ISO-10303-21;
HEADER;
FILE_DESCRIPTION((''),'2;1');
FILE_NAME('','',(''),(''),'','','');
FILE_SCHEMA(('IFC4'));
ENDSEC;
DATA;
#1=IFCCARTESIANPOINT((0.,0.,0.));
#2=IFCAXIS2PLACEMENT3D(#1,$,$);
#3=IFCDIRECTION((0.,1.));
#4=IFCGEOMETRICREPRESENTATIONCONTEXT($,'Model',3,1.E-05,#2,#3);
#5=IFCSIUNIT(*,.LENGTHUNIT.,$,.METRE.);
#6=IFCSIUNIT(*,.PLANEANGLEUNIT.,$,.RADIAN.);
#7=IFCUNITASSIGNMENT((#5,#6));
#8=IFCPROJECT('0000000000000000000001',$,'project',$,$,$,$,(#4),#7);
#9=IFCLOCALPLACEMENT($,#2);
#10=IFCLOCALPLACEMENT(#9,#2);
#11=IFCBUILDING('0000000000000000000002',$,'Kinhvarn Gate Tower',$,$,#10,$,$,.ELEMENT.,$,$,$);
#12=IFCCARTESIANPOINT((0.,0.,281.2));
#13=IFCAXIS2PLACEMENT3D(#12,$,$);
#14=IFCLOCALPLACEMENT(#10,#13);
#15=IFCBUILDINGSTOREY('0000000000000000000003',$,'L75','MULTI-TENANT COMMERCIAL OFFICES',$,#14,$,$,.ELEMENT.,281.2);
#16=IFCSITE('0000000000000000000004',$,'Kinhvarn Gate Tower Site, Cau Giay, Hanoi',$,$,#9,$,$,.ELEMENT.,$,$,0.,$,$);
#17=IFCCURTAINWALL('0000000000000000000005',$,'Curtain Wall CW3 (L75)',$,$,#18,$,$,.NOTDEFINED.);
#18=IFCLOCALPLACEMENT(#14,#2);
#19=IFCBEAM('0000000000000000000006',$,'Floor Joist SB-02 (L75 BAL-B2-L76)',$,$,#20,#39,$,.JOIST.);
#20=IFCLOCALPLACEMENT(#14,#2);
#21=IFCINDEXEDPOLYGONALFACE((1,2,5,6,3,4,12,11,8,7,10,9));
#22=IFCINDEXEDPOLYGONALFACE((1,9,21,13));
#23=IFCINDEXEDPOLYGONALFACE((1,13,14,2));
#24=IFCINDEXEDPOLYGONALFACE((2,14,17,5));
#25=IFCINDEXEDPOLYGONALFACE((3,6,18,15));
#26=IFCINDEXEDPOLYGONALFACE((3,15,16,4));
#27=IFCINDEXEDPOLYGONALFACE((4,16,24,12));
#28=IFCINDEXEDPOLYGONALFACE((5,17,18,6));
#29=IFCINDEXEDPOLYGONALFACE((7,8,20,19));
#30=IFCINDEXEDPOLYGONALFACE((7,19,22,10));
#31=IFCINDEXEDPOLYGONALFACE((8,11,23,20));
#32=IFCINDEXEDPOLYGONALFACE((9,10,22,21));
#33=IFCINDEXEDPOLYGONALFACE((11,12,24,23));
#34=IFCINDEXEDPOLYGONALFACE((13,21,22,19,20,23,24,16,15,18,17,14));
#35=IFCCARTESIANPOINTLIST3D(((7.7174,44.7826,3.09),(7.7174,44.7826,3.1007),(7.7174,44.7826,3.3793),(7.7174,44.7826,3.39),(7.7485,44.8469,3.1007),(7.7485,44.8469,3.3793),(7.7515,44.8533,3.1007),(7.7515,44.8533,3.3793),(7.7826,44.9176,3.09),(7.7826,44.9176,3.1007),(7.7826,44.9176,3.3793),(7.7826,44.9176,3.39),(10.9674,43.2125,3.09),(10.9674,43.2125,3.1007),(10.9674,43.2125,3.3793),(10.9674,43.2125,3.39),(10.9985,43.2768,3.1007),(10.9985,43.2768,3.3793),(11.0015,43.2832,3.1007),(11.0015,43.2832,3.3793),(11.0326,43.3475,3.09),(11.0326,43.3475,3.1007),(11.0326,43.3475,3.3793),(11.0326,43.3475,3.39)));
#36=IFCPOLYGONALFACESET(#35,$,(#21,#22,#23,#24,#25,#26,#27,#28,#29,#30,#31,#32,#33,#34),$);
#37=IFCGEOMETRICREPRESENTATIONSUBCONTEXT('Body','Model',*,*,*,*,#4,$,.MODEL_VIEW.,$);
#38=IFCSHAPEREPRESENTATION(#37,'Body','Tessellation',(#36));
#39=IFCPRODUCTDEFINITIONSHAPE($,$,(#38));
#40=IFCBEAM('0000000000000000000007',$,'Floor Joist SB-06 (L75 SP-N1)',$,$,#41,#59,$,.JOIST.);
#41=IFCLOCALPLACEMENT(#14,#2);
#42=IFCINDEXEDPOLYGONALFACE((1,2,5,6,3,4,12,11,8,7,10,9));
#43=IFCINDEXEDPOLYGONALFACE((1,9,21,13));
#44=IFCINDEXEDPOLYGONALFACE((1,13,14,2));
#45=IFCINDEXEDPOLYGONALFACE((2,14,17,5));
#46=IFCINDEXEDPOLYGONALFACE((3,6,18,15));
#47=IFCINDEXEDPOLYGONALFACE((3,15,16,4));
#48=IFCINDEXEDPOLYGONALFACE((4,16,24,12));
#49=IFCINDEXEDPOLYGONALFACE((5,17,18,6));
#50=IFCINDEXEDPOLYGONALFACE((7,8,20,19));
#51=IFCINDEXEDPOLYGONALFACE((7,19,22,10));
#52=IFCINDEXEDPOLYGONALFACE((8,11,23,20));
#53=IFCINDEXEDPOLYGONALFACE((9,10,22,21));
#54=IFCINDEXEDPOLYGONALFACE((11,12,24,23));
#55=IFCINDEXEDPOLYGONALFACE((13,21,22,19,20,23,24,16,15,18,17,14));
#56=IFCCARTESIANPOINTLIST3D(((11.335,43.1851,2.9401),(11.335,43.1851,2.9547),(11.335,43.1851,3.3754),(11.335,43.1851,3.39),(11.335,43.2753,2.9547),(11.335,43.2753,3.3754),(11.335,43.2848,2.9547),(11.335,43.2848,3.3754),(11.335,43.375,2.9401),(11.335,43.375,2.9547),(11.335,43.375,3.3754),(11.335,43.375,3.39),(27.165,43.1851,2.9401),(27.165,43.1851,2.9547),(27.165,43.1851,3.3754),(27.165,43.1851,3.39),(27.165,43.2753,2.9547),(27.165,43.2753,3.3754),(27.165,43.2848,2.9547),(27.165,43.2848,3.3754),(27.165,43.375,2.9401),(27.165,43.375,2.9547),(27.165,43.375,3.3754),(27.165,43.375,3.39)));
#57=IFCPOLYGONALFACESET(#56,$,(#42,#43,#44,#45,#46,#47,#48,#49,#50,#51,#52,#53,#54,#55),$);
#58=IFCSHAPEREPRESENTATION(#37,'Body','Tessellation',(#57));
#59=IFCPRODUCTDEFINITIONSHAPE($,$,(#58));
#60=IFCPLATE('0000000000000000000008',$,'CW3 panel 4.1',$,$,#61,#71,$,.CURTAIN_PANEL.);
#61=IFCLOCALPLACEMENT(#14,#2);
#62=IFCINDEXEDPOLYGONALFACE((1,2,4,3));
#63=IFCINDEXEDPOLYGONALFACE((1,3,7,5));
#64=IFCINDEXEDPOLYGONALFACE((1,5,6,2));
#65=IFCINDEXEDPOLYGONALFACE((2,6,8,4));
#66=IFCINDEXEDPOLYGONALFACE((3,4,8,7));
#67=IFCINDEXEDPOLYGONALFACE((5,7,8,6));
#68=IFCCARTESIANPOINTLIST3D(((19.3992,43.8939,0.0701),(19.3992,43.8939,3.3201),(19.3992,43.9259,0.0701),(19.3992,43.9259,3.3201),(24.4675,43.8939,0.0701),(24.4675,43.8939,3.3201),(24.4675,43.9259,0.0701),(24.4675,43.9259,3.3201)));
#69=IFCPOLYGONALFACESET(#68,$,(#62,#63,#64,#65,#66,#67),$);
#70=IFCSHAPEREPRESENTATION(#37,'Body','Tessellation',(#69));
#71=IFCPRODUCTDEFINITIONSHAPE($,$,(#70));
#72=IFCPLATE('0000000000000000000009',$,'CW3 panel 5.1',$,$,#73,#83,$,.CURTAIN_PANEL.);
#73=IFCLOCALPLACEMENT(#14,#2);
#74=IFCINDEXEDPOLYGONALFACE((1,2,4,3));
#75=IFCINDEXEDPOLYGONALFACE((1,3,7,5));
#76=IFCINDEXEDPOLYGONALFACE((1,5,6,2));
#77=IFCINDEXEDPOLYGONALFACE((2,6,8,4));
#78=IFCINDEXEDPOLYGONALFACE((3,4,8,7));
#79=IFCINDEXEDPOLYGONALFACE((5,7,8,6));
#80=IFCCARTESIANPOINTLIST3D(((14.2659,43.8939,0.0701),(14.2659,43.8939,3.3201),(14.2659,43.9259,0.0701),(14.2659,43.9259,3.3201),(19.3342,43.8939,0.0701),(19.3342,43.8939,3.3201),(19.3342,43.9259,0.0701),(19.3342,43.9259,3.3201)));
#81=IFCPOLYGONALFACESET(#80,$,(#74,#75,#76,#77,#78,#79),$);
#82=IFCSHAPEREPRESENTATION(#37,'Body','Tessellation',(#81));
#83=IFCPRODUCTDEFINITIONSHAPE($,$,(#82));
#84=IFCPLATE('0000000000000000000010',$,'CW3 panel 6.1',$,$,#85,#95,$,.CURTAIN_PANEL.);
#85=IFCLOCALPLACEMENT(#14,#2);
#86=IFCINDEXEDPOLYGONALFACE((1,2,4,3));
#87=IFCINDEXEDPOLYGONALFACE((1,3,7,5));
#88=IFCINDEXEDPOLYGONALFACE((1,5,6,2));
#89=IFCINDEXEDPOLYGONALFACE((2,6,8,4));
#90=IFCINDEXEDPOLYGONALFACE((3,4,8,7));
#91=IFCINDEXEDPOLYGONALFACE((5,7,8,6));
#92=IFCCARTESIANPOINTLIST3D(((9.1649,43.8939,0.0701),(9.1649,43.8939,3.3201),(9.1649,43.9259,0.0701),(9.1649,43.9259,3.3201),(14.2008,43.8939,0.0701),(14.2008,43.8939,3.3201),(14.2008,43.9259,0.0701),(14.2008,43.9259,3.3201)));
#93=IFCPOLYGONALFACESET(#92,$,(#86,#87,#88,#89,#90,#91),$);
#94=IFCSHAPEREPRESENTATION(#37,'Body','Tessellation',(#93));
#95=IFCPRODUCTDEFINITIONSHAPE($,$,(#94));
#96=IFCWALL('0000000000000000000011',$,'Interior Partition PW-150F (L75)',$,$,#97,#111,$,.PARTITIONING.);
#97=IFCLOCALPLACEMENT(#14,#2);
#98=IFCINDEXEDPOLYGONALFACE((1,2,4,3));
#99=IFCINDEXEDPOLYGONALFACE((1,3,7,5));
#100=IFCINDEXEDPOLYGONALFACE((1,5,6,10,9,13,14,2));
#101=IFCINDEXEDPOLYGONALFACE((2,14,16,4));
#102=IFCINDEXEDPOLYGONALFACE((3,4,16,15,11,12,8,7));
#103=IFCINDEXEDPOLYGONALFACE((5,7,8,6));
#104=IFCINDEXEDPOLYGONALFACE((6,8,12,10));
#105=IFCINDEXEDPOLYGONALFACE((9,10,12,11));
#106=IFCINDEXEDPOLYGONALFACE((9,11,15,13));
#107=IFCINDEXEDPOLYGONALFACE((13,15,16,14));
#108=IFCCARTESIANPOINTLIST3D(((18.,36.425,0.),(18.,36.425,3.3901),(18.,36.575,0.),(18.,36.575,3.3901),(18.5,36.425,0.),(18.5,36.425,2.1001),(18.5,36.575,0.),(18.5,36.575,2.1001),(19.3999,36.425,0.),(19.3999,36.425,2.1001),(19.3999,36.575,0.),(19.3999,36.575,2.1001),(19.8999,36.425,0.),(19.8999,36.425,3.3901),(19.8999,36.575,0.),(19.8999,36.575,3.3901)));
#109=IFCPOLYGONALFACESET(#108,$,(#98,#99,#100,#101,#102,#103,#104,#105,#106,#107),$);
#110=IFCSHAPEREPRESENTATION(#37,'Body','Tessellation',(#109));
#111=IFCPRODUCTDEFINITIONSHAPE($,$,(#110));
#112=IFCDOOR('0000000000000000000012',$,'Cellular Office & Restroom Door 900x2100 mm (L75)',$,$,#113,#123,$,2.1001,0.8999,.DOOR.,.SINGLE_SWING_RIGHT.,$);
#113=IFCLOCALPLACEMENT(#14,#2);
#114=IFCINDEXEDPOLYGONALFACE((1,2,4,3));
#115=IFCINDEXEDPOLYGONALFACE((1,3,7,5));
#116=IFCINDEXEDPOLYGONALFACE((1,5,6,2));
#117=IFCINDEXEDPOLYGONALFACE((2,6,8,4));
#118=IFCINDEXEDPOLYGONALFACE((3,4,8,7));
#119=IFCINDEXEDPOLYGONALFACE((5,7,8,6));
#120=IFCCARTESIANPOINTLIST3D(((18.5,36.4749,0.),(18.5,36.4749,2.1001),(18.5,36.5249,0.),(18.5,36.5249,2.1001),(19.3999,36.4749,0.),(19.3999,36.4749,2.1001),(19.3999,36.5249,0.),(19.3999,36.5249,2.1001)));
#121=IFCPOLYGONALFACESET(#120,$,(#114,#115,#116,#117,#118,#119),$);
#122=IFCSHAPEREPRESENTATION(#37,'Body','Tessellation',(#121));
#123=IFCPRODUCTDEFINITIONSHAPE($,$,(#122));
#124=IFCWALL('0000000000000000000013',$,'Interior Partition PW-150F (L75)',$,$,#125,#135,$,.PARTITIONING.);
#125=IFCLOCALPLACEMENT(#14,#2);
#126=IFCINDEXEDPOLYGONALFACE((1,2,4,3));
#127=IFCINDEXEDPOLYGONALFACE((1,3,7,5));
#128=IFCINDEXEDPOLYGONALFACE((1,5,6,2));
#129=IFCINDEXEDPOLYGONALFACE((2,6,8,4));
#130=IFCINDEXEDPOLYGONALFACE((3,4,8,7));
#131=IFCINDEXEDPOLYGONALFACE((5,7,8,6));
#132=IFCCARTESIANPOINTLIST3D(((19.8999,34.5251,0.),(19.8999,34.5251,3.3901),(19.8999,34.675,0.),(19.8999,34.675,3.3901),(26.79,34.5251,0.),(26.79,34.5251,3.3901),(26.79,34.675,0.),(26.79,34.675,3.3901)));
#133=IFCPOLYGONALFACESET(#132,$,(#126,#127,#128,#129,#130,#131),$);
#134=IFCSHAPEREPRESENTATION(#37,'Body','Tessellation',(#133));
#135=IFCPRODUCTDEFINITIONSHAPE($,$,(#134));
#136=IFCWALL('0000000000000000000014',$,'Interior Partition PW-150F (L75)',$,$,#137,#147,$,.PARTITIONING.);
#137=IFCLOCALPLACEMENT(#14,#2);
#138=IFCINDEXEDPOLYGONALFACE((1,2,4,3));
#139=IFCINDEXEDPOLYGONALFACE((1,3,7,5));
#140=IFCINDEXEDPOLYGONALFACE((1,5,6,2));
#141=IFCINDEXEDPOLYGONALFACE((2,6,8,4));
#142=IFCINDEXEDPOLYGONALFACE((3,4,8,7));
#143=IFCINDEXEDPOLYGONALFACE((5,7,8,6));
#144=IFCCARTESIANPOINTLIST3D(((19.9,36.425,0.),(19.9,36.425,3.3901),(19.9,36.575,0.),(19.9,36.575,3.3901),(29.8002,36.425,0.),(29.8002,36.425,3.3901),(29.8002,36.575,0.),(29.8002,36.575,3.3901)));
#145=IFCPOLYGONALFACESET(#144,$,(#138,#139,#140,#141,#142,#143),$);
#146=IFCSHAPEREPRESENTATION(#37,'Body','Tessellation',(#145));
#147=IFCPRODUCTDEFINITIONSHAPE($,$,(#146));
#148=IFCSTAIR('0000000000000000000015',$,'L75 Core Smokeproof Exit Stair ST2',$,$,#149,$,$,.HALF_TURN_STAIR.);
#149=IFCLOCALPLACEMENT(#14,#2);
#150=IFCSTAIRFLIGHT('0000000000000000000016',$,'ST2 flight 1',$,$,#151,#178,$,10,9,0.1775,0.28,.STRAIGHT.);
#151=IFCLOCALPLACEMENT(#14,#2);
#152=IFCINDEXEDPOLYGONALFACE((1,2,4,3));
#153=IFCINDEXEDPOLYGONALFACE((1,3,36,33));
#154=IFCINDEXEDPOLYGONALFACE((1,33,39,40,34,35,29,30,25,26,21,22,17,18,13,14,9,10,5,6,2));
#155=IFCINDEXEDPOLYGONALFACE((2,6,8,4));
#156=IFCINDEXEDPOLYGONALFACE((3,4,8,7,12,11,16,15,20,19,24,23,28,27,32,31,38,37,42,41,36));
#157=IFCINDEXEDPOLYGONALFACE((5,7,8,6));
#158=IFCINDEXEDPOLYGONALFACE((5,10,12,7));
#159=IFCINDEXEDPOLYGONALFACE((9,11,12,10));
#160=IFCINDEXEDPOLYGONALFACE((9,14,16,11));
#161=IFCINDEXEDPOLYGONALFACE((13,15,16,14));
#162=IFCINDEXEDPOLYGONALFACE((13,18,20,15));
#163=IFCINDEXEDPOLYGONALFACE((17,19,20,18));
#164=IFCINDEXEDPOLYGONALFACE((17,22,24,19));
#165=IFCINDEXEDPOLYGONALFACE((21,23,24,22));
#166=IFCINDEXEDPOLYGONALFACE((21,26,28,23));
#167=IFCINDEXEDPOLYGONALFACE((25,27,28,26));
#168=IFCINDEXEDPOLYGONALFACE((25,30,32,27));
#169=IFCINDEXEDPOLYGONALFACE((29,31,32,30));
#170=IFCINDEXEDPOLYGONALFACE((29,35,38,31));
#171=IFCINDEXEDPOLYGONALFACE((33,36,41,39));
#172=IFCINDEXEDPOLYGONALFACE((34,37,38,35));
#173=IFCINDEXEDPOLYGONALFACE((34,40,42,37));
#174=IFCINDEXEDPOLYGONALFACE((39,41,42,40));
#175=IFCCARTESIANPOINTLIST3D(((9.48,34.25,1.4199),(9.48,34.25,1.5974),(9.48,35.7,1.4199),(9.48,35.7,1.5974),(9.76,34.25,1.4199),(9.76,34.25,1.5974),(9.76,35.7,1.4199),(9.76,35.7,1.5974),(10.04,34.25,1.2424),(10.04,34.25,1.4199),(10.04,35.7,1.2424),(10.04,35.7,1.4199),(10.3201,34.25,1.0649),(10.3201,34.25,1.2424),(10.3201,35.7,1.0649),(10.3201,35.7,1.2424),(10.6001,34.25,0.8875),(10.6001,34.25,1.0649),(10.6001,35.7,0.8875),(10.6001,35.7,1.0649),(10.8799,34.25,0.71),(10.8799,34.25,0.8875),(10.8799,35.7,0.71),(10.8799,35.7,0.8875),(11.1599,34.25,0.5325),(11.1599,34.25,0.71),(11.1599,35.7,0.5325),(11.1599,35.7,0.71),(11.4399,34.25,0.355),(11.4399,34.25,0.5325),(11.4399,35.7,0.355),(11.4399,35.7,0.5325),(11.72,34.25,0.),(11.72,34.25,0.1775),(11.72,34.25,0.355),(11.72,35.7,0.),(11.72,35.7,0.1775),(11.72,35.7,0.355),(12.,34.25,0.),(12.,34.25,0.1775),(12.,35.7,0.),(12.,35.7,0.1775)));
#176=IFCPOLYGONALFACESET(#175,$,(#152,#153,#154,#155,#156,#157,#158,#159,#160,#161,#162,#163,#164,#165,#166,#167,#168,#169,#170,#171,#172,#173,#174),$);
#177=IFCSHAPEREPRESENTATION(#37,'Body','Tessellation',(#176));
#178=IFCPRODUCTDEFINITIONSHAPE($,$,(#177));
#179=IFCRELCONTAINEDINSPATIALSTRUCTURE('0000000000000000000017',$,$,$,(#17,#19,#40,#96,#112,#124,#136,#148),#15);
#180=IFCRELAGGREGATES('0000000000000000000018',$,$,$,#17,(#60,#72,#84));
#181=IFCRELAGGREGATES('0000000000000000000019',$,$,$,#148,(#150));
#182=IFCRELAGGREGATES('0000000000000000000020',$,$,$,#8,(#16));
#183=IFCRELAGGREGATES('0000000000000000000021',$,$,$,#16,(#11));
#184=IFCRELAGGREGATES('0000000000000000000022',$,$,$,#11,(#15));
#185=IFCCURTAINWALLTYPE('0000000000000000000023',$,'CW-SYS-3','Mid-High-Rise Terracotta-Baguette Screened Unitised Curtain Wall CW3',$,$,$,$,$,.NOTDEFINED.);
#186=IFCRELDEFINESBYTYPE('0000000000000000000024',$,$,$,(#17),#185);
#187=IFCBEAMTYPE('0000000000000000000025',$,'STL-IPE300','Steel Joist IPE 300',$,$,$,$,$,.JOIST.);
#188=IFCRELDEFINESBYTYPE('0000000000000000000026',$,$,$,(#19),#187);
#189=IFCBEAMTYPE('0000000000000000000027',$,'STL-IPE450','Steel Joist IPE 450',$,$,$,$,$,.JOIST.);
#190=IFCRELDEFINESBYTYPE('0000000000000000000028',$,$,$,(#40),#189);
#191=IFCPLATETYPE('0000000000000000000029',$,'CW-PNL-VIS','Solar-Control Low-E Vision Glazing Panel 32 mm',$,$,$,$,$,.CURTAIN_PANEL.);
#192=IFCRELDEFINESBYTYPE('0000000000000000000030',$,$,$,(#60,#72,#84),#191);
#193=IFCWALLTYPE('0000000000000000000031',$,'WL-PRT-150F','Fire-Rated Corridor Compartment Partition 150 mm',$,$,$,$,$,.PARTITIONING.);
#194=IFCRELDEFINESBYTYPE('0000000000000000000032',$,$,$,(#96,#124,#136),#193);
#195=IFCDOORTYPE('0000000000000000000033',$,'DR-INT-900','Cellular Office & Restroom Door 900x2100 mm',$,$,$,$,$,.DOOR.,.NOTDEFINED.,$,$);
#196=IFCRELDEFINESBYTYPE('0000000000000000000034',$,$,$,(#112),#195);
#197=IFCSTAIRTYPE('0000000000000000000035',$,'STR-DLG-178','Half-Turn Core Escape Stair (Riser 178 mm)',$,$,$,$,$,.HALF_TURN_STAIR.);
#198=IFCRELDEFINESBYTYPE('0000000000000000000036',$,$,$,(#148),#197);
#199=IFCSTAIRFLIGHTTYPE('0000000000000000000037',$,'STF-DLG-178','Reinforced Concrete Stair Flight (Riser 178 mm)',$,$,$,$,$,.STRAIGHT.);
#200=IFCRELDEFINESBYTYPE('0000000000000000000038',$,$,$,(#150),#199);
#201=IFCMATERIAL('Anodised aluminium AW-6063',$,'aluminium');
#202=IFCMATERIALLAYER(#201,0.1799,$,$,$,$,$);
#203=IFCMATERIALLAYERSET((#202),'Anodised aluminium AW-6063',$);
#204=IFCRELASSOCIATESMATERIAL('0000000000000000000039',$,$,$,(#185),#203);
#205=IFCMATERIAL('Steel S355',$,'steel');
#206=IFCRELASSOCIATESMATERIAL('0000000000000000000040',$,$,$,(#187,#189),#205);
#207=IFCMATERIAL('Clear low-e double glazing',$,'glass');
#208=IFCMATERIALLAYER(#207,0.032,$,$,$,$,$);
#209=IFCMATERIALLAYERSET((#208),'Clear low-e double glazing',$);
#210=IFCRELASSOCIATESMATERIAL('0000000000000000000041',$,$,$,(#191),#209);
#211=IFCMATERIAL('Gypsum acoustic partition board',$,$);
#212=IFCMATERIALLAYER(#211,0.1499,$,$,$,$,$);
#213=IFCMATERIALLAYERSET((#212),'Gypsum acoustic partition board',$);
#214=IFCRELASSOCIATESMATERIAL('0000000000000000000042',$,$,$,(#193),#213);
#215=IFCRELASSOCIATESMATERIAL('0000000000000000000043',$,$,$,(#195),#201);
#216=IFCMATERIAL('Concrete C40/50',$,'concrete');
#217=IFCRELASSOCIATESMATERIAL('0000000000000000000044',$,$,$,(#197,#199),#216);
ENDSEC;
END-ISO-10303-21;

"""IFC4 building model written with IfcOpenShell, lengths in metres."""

from ifc_helpers import new_model, si_unit, direction, frame, frame_2d, origin, origin_2d, place, context, subcontext, project, spatial, polyline, rectangle, i_section, outline, extrude, material, layer, layer_set, material_profile, profile_set, type_object, element, fill, aggregate, save


model = new_model("IFC4")

# Units and contexts
model_context = context("Model", 3, precision=1e-05, world=origin(), true_north=direction((0.0, 1.0)))
body_context = subcontext(model_context, "Body", "Model", "MODEL_VIEW")
ifc_project = project(units=[si_unit("LENGTHUNIT", "METRE"), si_unit("PLANEANGLEUNIT", "RADIAN")], contexts=[model_context])

# Site, building, storey
site_placement = place(None, origin())
site = spatial("IfcSite", under=ifc_project, at=site_placement, Name="Kinhvarn Gate Tower Site, Cau Giay, Hanoi", CompositionType="ELEMENT", RefElevation=0.0)
building_placement = place(site_placement, origin())
building = spatial("IfcBuilding", under=site, at=building_placement, Name="Kinhvarn Gate Tower", CompositionType="ELEMENT")
storey_placement = place(building_placement, frame((0.0, 0.0, 281.2)))
storey = spatial("IfcBuildingStorey", under=building, at=storey_placement, Name="L75", Description="MULTI-TENANT COMMERCIAL OFFICES", CompositionType="ELEMENT", Elevation=281.2)

# Curtain wall
ifc_material_1 = material(Name="Anodised aluminium AW-6063", Category="aluminium")
ifc_layer_1 = layer(ifc_material_1, 0.1799)
ifc_layer_set_1 = layer_set([ifc_layer_1], Name="Anodised aluminium AW-6063")
curtain_wall_type = type_object("IfcCurtainWallType", Name="CW-SYS-3", Description="Mid-High-Rise Terracotta-Baguette Screened Unitised Curtain Wall CW3", PredefinedType="NOTDEFINED", material=ifc_layer_set_1)
curtain_wall_placement = place(storey_placement, origin())
curtain_wall = element("IfcCurtainWall", 1, at=curtain_wall_placement, inside=storey, type_object=curtain_wall_type, Name="Curtain Wall CW3 (L75)", PredefinedType="NOTDEFINED")

# Beams
ifc_material_2 = material(Name="Steel S355", Category="steel")
ifc_material_profile_1 = material_profile(ifc_material_2, i_section(OverallWidth=0.1499, OverallDepth=0.3, WebThickness=0.0071, FlangeThickness=0.0107, at=origin_2d()), Name="IPE 300")
ifc_profile_set_1 = profile_set([ifc_material_profile_1], Name="Steel S355")
beam_type_1 = type_object("IfcBeamType", Name="STL-IPE300", Description="Steel Joist IPE 300", PredefinedType="JOIST", material=ifc_profile_set_1)
beam_1_placement = place(storey_placement, frame((11.0, 43.28, 3.24), z_axis=(-0.900432, 0.434997, 0.0), x_axis=(-0.434997, -0.900432, 0.0)))
element("IfcBeam", 2, at=beam_1_placement, inside=storey, type_object=beam_type_1, Name="Floor Joist SB-02 (L75 BAL-B2-L76)", PredefinedType="JOIST", context=body_context, shape_type="SweptSolid", body=[
    extrude(i_section(OverallWidth=0.1499, OverallDepth=0.3, WebThickness=0.0071, FlangeThickness=0.0107, at=origin_2d()), origin(), (0.0, 0.0, 1.0), 3.6094),
])
ifc_material_profile_2 = material_profile(ifc_material_2, i_section(OverallWidth=0.1899, OverallDepth=0.45, WebThickness=0.0095, FlangeThickness=0.0146, at=origin_2d()), Name="IPE 450")
ifc_profile_set_2 = profile_set([ifc_material_profile_2], Name="Steel S355")
beam_type_2 = type_object("IfcBeamType", Name="STL-IPE450", Description="Steel Joist IPE 450", PredefinedType="JOIST", material=ifc_profile_set_2)
beam_2_placement = place(storey_placement, frame((11.335, 43.28, 3.165), z_axis=(1.0, 0.0, 0.0), x_axis=(0.0, 1.0, 0.0)))
element("IfcBeam", 3, at=beam_2_placement, inside=storey, type_object=beam_type_2, Name="Floor Joist SB-06 (L75 SP-N1)", PredefinedType="JOIST", context=body_context, shape_type="SweptSolid", body=[
    extrude(i_section(OverallWidth=0.1899, OverallDepth=0.45, WebThickness=0.0095, FlangeThickness=0.0146, at=origin_2d()), origin(), (0.0, 0.0, 1.0), 15.8301),
])

# Plates
ifc_material_3 = material(Name="Clear low-e double glazing", Category="glass")
ifc_layer_2 = layer(ifc_material_3, 0.032)
ifc_layer_set_2 = layer_set([ifc_layer_2], Name="Clear low-e double glazing")
plate_type = type_object("IfcPlateType", Name="CW-PNL-VIS", Description="Solar-Control Low-E Vision Glazing Panel 32 mm", PredefinedType="CURTAIN_PANEL", material=ifc_layer_set_2)
plate_1_placement = place(storey_placement, frame((21.9333, 43.9099, 0.0701), z_axis=(0.0, 0.0, 1.0), x_axis=(-1.0, 0.0, 0.0)))
plate_1 = element("IfcPlate", 4, at=plate_1_placement, type_object=plate_type, Name="CW3 panel 4.1", PredefinedType="CURTAIN_PANEL", context=body_context, shape_type="SweptSolid", body=[
    extrude(rectangle(XDim=5.0684, YDim=0.032, at=origin_2d()), origin(), (0.0, 0.0, 1.0), 3.25),
])
plate_2_placement = place(storey_placement, frame((16.8, 43.9099, 0.0701), z_axis=(0.0, 0.0, 1.0), x_axis=(-1.0, 0.0, 0.0)))
plate_2 = element("IfcPlate", 5, at=plate_2_placement, type_object=plate_type, Name="CW3 panel 5.1", PredefinedType="CURTAIN_PANEL", context=body_context, shape_type="SweptSolid", body=[
    extrude(rectangle(XDim=5.0684, YDim=0.032, at=origin_2d()), origin(), (0.0, 0.0, 1.0), 3.25),
])
plate_3_placement = place(storey_placement, frame((11.6829, 43.9099, 0.0701), z_axis=(0.0, 0.0, 1.0), x_axis=(-1.0, 0.0, 0.0)))
plate_3 = element("IfcPlate", 6, at=plate_3_placement, type_object=plate_type, Name="CW3 panel 6.1", PredefinedType="CURTAIN_PANEL", context=body_context, shape_type="SweptSolid", body=[
    extrude(rectangle(XDim=5.0359, YDim=0.032, at=origin_2d()), origin(), (0.0, 0.0, 1.0), 3.25),
])
aggregate(curtain_wall, [plate_1, plate_2, plate_3])

# Wall, opening, door
ifc_material_4 = material(Name="Gypsum acoustic partition board")
ifc_layer_3 = layer(ifc_material_4, 0.1499)
ifc_layer_set_3 = layer_set([ifc_layer_3], Name="Gypsum acoustic partition board")
wall_type = type_object("IfcWallType", Name="WL-PRT-150F", Description="Fire-Rated Corridor Compartment Partition 150 mm", PredefinedType="PARTITIONING", material=ifc_layer_set_3)
wall_1_placement = place(storey_placement, frame((18.0, 36.5, 0.0), z_axis=(0.0, 0.0, 1.0), x_axis=(1.0, 0.0, 0.0)))
wall_1 = element("IfcWall", 7, at=wall_1_placement, inside=storey, type_object=wall_type, Name="Interior Partition PW-150F (L75)", PredefinedType="PARTITIONING", context=body_context, shape_type="SweptSolid", body=[
    extrude(rectangle(XDim=1.8999, YDim=0.1499, at=frame_2d((0.95, 0.0))), origin(), (0.0, 0.0, 1.0), 3.3901),
])
opening_placement = place(wall_1_placement, frame((0.5, 0.0, 0.0)))
opening = element("IfcOpeningElement", 8, at=opening_placement, cuts=wall_1, PredefinedType="OPENING", context=body_context, shape_type="SweptSolid", body=[
    extrude(rectangle(XDim=0.8999, YDim=2.1001, at=frame_2d((0.45, 1.05))), frame((0.0, 0.085, 0.0), z_axis=(0.0, -1.0, 0.0), x_axis=(1.0, 0.0, 0.0)), (0.0, 0.0, 1.0), 0.1699),
])
door_type = type_object("IfcDoorType", Name="DR-INT-900", Description="Cellular Office & Restroom Door 900x2100 mm", OperationType="NOTDEFINED", PredefinedType="DOOR", material=ifc_material_1)
door_placement = place(opening_placement, origin())
door = element("IfcDoor", 9, at=door_placement, inside=storey, type_object=door_type, Name="Cellular Office & Restroom Door 900x2100 mm (L75)", OperationType="SINGLE_SWING_RIGHT", OverallHeight=2.1001, OverallWidth=0.8999, PredefinedType="DOOR", context=body_context, shape_type="SweptSolid", body=[
    extrude(rectangle(XDim=0.8999, YDim=2.1001, at=frame_2d((0.45, 1.05))), frame((0.0, 0.0249, 0.0), z_axis=(0.0, -1.0, 0.0), x_axis=(1.0, 0.0, 0.0)), (0.0, 0.0, 1.0), 0.05),
])
fill(opening, door)

# Walls
wall_2_placement = place(storey_placement, frame((19.8999, 34.6001, 0.0), z_axis=(0.0, 0.0, 1.0), x_axis=(1.0, 0.0, 0.0)))
element("IfcWall", 10, at=wall_2_placement, inside=storey, type_object=wall_type, Name="Interior Partition PW-150F (L75)", PredefinedType="PARTITIONING", context=body_context, shape_type="SweptSolid", body=[
    extrude(rectangle(XDim=6.8901, YDim=0.1499, at=frame_2d((3.4451, 0.0))), origin(), (0.0, 0.0, 1.0), 3.3901),
])
wall_3_placement = place(storey_placement, frame((19.8999, 36.5, 0.0), z_axis=(0.0, 0.0, 1.0), x_axis=(1.0, 0.0, 0.0)))
element("IfcWall", 11, at=wall_3_placement, inside=storey, type_object=wall_type, Name="Interior Partition PW-150F (L75)", PredefinedType="PARTITIONING", context=body_context, shape_type="SweptSolid", body=[
    extrude(rectangle(XDim=9.9001, YDim=0.1499, at=frame_2d((4.9502, 0.0))), origin(), (0.0, 0.0, 1.0), 3.3901),
])

# Stair, stair flight
ifc_material_5 = material(Name="Concrete C40/50", Category="concrete")
stair_type = type_object("IfcStairType", Name="STR-DLG-178", Description="Half-Turn Core Escape Stair (Riser 178 mm)", PredefinedType="HALF_TURN_STAIR", material=ifc_material_5)
stair_placement = place(storey_placement, origin())
stair = element("IfcStair", 12, at=stair_placement, inside=storey, type_object=stair_type, Name="L75 Core Smokeproof Exit Stair ST2", PredefinedType="HALF_TURN_STAIR")
stair_flight_type = type_object("IfcStairFlightType", Name="STF-DLG-178", Description="Reinforced Concrete Stair Flight (Riser 178 mm)", PredefinedType="STRAIGHT", material=ifc_material_5)
stair_flight_placement = place(storey_placement, frame((12.0, 34.9751, 0.0), z_axis=(0.0, 0.0, 1.0), x_axis=(-1.0, 0.0, 0.0)))
stair_flight = element("IfcStairFlight", 13, at=stair_flight_placement, type_object=stair_flight_type, Name="ST2 flight 1", NumberOfRisers=10, NumberOfTreads=9, PredefinedType="STRAIGHT", RiserHeight=0.1775, TreadLength=0.28, context=body_context, shape_type="SweptSolid", body=[
    extrude(outline(polyline([(0.0, 0.0), (0.0, 0.1775), (0.28, 0.1775), (0.28, 0.355), (0.5601, 0.355), (0.5601, 0.5325), (0.8401, 0.5325), (0.8401, 0.71), (1.1201, 0.71), (1.1201, 0.8875), (1.3999, 0.8875), (1.3999, 1.0649), (1.6799, 1.0649), (1.6799, 1.2424), (1.96, 1.2424), (1.96, 1.4199), (2.24, 1.4199), (2.24, 1.5974), (2.52, 1.5974), (2.52, 1.7749), (2.52, 1.4199), (0.28, 0.0), (0.0, 0.0)])), frame((0.0, 0.7251, 0.0), z_axis=(0.0, -1.0, 0.0), x_axis=(1.0, 0.0, 0.0)), (0.0, 0.0, 1.0), 1.45),
])
aggregate(stair, [stair_flight])

save(model, "model.ifc")
